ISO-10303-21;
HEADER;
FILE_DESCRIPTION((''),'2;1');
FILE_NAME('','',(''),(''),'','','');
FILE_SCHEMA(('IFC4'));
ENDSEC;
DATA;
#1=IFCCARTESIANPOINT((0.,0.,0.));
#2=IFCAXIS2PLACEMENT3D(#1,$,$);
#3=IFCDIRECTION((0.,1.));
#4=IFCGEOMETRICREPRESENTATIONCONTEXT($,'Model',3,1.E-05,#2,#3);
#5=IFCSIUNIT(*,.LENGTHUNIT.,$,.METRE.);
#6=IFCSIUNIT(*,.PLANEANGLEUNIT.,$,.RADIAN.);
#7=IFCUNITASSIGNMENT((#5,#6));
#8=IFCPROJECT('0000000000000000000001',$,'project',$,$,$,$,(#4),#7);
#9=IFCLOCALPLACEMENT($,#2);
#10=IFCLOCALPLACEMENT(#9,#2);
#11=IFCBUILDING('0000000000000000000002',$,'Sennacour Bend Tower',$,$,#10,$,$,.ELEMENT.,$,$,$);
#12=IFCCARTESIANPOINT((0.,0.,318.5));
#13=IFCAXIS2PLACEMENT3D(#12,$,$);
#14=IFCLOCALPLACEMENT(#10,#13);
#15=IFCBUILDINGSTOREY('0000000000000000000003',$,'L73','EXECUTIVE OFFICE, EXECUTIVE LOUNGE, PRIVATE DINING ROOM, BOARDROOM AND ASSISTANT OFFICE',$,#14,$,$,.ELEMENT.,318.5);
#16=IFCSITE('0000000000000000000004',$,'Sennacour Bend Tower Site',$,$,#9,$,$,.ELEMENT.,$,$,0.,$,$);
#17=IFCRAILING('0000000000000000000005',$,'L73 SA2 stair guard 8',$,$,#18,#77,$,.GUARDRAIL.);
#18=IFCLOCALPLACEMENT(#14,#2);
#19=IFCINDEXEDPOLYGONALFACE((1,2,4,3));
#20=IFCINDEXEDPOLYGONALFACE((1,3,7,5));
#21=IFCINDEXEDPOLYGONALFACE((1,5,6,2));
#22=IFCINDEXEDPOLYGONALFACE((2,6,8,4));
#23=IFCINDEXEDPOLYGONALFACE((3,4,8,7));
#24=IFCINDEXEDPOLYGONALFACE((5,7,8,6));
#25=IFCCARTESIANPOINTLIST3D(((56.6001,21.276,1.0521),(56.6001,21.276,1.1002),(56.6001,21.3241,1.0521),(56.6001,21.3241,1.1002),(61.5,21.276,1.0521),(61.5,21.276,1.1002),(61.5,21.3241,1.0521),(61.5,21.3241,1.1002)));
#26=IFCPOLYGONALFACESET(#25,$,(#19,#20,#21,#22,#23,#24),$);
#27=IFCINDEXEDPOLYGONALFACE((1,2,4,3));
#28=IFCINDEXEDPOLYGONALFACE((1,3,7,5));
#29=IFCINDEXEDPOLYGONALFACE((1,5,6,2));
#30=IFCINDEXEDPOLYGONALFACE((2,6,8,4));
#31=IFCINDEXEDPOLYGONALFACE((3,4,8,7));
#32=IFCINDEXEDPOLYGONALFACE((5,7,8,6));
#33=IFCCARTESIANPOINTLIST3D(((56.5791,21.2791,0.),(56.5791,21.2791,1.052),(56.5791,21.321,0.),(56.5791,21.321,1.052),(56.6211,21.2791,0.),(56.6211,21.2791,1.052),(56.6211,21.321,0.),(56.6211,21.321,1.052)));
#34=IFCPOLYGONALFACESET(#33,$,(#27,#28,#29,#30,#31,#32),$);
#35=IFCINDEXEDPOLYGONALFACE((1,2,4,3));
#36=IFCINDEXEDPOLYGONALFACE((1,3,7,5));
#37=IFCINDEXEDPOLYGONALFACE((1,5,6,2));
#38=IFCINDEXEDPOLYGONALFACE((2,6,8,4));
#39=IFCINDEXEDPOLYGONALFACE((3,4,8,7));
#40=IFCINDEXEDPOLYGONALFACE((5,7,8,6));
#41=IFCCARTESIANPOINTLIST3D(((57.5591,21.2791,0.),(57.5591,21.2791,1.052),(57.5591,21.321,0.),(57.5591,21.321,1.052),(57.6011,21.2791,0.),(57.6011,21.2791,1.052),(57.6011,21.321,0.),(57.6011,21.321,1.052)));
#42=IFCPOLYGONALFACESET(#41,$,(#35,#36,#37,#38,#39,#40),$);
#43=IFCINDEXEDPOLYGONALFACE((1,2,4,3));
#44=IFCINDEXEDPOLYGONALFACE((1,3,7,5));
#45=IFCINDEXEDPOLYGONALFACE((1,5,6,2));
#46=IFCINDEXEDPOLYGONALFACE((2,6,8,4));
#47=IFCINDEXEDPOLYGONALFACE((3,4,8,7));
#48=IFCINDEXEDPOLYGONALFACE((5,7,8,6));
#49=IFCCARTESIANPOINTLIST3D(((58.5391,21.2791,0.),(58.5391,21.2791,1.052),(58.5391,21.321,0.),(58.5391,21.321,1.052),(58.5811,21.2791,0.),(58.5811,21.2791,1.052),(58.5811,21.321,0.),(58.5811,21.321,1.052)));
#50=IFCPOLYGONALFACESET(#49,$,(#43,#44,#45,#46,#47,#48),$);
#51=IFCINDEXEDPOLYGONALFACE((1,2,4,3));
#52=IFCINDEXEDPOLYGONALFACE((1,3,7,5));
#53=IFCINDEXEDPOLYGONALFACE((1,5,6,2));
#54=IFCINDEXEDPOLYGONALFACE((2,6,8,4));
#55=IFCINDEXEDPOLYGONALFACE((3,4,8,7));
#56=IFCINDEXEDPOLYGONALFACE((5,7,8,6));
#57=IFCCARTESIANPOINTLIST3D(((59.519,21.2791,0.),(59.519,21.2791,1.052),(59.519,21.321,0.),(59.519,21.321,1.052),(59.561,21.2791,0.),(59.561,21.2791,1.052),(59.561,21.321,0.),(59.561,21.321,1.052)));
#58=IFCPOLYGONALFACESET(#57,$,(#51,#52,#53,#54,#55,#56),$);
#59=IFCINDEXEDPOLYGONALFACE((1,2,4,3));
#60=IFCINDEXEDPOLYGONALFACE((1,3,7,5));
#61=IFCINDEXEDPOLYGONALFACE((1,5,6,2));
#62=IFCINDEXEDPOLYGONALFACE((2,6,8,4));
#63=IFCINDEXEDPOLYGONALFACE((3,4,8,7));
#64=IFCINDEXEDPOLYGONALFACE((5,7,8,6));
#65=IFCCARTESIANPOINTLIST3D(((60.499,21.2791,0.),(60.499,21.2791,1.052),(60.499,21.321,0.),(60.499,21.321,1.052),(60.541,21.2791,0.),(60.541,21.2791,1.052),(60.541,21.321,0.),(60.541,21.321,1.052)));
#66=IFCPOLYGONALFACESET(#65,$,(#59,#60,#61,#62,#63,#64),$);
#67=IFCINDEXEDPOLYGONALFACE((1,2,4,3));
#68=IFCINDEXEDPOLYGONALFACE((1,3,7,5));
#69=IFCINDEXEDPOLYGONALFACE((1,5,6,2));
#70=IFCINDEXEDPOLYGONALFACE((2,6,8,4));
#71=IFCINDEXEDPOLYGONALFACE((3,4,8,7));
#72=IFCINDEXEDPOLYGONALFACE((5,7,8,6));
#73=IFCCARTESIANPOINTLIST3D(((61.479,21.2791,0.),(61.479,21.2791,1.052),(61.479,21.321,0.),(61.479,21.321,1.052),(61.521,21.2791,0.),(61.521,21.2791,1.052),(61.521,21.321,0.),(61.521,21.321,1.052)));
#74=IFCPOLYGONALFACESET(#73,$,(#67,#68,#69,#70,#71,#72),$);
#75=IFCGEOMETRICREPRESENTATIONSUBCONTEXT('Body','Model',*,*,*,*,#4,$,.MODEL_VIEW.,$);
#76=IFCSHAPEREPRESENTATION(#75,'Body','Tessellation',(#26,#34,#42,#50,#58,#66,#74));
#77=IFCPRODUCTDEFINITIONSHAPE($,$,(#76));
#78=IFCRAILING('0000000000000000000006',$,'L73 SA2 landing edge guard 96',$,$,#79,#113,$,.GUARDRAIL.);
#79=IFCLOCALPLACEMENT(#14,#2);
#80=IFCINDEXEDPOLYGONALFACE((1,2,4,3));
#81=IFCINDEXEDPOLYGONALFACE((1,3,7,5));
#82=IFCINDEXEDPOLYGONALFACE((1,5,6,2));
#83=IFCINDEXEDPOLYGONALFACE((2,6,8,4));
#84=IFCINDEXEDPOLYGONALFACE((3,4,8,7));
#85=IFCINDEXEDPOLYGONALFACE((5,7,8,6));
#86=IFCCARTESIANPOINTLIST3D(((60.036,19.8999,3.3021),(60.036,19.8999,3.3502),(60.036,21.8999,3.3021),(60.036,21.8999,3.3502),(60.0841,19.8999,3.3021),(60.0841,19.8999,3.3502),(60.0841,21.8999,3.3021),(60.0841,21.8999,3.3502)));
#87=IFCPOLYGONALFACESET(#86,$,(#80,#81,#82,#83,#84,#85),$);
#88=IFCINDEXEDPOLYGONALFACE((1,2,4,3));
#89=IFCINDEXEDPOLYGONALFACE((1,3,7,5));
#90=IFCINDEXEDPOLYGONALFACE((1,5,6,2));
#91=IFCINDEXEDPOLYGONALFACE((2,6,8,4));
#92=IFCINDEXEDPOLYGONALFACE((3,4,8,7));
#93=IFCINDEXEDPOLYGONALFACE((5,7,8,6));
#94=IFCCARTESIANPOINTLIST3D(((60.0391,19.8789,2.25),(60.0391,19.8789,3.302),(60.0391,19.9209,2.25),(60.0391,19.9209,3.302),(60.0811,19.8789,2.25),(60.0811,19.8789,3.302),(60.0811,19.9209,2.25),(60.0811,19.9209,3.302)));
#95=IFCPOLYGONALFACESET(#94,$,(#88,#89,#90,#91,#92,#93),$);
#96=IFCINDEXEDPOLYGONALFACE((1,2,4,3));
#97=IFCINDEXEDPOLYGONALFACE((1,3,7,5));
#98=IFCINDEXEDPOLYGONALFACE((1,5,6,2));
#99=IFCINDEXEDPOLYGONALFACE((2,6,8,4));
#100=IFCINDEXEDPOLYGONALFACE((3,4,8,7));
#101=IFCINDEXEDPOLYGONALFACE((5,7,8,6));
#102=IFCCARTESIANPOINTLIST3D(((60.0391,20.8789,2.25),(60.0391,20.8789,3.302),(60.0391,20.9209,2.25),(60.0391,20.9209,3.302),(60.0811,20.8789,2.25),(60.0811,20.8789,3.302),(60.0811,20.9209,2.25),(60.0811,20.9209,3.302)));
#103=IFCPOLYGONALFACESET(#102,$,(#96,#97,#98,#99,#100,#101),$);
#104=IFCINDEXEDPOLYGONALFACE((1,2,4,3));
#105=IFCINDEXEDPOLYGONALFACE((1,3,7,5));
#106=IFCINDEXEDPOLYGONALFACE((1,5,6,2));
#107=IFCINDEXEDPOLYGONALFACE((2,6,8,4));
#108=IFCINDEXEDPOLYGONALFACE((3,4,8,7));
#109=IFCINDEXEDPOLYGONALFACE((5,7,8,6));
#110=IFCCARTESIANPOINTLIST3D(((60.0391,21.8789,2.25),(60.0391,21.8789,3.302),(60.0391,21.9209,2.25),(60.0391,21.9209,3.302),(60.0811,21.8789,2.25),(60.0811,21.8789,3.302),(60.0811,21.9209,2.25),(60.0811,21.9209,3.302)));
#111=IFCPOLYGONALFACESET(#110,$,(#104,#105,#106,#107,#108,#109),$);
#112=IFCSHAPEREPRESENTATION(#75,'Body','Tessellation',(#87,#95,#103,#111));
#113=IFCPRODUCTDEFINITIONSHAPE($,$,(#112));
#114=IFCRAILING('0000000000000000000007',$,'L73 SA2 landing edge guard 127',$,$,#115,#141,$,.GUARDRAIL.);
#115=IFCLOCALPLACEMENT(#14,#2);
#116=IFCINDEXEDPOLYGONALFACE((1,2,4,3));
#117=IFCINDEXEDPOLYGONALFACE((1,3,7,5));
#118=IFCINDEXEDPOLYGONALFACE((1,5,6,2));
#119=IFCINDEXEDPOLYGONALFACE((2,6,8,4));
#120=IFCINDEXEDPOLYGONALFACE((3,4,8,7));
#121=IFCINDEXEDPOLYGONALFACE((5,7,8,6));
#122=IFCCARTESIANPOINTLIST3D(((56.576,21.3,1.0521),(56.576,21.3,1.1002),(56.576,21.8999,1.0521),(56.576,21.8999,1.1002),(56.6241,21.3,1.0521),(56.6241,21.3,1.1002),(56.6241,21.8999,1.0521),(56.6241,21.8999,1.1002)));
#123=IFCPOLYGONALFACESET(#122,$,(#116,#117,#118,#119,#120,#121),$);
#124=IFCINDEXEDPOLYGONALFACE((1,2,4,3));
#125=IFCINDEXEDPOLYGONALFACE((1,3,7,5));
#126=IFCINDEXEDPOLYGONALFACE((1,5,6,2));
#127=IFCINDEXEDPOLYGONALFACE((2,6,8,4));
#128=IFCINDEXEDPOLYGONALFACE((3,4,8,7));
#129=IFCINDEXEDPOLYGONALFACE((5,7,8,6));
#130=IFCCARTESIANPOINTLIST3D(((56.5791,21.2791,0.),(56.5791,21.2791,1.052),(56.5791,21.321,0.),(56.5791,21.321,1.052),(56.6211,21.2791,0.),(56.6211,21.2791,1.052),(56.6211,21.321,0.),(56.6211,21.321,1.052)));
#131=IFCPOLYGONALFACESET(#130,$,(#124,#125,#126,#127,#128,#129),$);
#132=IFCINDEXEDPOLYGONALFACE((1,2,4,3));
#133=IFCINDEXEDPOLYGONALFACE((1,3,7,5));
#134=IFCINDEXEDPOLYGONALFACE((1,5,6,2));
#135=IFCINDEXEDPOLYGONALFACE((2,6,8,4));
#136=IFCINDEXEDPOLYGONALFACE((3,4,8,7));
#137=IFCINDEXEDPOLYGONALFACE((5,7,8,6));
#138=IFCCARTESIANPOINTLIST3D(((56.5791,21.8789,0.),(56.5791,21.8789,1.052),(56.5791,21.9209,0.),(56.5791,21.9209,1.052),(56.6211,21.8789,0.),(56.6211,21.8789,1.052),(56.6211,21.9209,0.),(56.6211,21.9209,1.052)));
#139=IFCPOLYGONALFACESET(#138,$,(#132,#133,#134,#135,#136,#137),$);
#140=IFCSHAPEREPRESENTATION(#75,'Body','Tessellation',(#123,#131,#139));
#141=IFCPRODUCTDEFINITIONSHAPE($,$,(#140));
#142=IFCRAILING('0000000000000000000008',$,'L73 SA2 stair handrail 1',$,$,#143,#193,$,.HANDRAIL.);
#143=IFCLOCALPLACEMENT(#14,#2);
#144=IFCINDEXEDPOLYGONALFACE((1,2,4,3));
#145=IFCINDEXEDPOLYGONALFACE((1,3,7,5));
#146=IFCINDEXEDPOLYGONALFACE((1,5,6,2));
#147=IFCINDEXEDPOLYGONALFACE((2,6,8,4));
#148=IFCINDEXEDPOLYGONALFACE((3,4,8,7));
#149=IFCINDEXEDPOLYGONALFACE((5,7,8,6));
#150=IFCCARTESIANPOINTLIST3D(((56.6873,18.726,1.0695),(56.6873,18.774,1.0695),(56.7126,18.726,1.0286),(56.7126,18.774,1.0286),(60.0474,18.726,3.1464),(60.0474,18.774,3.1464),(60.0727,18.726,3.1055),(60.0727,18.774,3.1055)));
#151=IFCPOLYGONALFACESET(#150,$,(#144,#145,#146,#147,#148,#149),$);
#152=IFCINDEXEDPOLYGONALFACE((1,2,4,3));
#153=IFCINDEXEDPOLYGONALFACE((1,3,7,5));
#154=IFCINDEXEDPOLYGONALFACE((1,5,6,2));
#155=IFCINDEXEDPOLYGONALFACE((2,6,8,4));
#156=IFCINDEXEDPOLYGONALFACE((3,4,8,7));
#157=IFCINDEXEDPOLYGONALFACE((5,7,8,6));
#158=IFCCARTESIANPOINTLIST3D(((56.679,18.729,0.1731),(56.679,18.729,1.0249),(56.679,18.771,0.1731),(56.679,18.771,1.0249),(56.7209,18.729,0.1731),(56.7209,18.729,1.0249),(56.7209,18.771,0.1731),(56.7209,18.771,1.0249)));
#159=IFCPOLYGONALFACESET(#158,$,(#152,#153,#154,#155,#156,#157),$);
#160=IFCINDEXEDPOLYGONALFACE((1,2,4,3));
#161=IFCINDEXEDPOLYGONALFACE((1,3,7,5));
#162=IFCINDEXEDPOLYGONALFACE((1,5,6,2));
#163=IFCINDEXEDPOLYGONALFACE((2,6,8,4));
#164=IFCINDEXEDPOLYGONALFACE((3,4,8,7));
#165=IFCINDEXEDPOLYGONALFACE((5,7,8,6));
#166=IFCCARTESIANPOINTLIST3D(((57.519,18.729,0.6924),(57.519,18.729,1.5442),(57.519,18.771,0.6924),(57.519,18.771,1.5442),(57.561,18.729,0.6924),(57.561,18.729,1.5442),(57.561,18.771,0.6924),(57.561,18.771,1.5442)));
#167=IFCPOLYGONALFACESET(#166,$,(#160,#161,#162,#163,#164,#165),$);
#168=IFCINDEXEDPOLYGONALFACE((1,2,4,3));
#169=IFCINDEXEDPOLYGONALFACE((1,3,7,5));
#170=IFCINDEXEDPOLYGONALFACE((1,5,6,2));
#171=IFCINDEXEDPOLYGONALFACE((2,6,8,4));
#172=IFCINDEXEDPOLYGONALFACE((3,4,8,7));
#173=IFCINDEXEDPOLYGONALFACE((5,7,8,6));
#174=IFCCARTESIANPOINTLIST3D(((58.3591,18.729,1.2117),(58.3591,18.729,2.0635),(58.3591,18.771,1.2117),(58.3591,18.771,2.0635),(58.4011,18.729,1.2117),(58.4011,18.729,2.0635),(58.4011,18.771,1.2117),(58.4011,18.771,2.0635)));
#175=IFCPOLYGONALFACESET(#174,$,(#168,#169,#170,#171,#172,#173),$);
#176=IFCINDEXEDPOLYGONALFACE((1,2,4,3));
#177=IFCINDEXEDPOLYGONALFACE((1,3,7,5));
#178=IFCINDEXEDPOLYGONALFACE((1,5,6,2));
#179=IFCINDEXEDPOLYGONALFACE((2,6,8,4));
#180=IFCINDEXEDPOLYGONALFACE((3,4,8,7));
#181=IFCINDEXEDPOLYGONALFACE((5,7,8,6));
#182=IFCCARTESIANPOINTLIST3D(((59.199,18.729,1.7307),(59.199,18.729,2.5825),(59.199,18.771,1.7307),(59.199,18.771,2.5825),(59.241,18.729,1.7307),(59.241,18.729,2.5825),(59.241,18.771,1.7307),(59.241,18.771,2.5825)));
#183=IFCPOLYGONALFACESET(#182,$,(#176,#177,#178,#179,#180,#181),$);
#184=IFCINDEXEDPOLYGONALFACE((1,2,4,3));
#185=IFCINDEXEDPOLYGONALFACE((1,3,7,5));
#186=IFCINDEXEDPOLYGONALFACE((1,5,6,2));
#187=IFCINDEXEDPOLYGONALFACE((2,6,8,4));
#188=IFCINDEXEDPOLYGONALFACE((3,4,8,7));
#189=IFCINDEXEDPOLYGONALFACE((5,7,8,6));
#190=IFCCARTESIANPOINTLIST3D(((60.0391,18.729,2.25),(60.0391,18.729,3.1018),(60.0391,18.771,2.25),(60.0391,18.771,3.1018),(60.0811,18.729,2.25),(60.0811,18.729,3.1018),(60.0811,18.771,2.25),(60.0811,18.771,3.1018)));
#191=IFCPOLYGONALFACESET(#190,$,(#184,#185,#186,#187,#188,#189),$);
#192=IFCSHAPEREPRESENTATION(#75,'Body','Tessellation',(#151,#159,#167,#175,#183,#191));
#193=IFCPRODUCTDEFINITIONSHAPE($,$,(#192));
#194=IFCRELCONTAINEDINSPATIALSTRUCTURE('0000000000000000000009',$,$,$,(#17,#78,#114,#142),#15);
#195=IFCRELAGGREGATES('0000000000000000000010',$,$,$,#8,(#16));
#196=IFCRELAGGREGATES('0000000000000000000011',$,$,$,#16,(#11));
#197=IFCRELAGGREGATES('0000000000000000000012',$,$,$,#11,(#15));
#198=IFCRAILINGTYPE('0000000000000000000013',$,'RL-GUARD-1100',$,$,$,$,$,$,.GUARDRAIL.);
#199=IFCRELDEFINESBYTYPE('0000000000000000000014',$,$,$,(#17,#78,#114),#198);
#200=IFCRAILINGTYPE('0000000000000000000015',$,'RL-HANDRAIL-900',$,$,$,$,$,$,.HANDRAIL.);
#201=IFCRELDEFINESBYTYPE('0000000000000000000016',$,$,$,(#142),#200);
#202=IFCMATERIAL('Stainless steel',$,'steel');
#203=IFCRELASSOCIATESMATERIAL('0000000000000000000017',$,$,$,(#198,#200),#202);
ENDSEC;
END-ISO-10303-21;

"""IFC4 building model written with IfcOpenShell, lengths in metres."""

from ifc_helpers import new_model, si_unit, direction, frame, origin, origin_2d, place, context, subcontext, project, spatial, rectangle, extrude, material, type_object, element, save


model = new_model("IFC4")

# Units and contexts
model_context = context("Model", 3, precision=1e-05, world=origin(), true_north=direction((0.0, 1.0)))
body_context = subcontext(model_context, "Body", "Model", "MODEL_VIEW")
ifc_project = project(units=[si_unit("LENGTHUNIT", "METRE"), si_unit("PLANEANGLEUNIT", "RADIAN")], contexts=[model_context])

# Site, building, storey
site_placement = place(None, origin())
site = spatial("IfcSite", under=ifc_project, at=site_placement, Name="Sennacour Bend Tower Site", CompositionType="ELEMENT", RefElevation=0.0)
building_placement = place(site_placement, origin())
building = spatial("IfcBuilding", under=site, at=building_placement, Name="Sennacour Bend Tower", CompositionType="ELEMENT")
storey_placement = place(building_placement, frame((0.0, 0.0, 318.5)))
storey = spatial("IfcBuildingStorey", under=building, at=storey_placement, Name="L73", Description="EXECUTIVE OFFICE, EXECUTIVE LOUNGE, PRIVATE DINING ROOM, BOARDROOM AND ASSISTANT OFFICE", CompositionType="ELEMENT", Elevation=318.5)

# Shared definitions
ifc_material_1 = material(Name="Stainless steel", Category="steel")

# Railings
railing_type_1 = type_object("IfcRailingType", Name="RL-GUARD-1100", PredefinedType="GUARDRAIL", material=ifc_material_1)
railing_1_placement = place(storey_placement, frame((56.6001, 21.3, 0.0)))
element("IfcRailing", 1, at=railing_1_placement, inside=storey, type_object=railing_type_1, Name="L73 SA2 stair guard 8", PredefinedType="GUARDRAIL", context=body_context, shape_type="SweptSolid", body=[
    extrude(rectangle(XDim=0.0481, YDim=0.0481, at=origin_2d()), frame((0.0, 0.0, 1.0762), z_axis=(1.0, 0.0, 0.0), x_axis=(0.0, 1.0, 0.0)), (0.0, 0.0, 1.0), 4.8999),
    extrude(rectangle(XDim=0.042, YDim=0.042, at=origin_2d()), origin(), (0.0, 0.0, 1.0), 1.052),
    extrude(rectangle(XDim=0.042, YDim=0.042, at=origin_2d()), frame((0.98, 0.0, 0.0)), (0.0, 0.0, 1.0), 1.052),
    extrude(rectangle(XDim=0.042, YDim=0.042, at=origin_2d()), frame((1.96, 0.0, 0.0)), (0.0, 0.0, 1.0), 1.052),
    extrude(rectangle(XDim=0.042, YDim=0.042, at=origin_2d()), frame((2.9399, 0.0, 0.0)), (0.0, 0.0, 1.0), 1.052),
    extrude(rectangle(XDim=0.042, YDim=0.042, at=origin_2d()), frame((3.9199, 0.0, 0.0)), (0.0, 0.0, 1.0), 1.052),
    extrude(rectangle(XDim=0.042, YDim=0.042, at=origin_2d()), frame((4.8999, 0.0, 0.0)), (0.0, 0.0, 1.0), 1.052),
])
railing_2_placement = place(storey_placement, frame((60.0601, 19.8999, 2.25)))
element("IfcRailing", 2, at=railing_2_placement, inside=storey, type_object=railing_type_1, Name="L73 SA2 landing edge guard 96", PredefinedType="GUARDRAIL", context=body_context, shape_type="SweptSolid", body=[
    extrude(rectangle(XDim=0.0481, YDim=0.0481, at=origin_2d()), frame((0.0, 0.0, 1.0762), z_axis=(0.0, 1.0, 0.0), x_axis=(-1.0, 0.0, 0.0)), (0.0, 0.0, 1.0), 2.0),
    extrude(rectangle(XDim=0.042, YDim=0.042, at=origin_2d()), origin(), (0.0, 0.0, 1.0), 1.052),
    extrude(rectangle(XDim=0.042, YDim=0.042, at=origin_2d()), frame((0.0, 1.0, 0.0)), (0.0, 0.0, 1.0), 1.052),
    extrude(rectangle(XDim=0.042, YDim=0.042, at=origin_2d()), frame((0.0, 2.0, 0.0)), (0.0, 0.0, 1.0), 1.052),
])
railing_3_placement = place(storey_placement, frame((56.6001, 21.3, 0.0)))
element("IfcRailing", 3, at=railing_3_placement, inside=storey, type_object=railing_type_1, Name="L73 SA2 landing edge guard 127", PredefinedType="GUARDRAIL", context=body_context, shape_type="SweptSolid", body=[
    extrude(rectangle(XDim=0.0481, YDim=0.0481, at=origin_2d()), frame((0.0, 0.0, 1.0762), z_axis=(0.0, 1.0, 0.0), x_axis=(-1.0, 0.0, 0.0)), (0.0, 0.0, 1.0), 0.5999),
    extrude(rectangle(XDim=0.042, YDim=0.042, at=origin_2d()), origin(), (0.0, 0.0, 1.0), 1.052),
    extrude(rectangle(XDim=0.042, YDim=0.042, at=origin_2d()), frame((0.0, 0.5999, 0.0)), (0.0, 0.0, 1.0), 1.052),
])
railing_type_2 = type_object("IfcRailingType", Name="RL-HANDRAIL-900", PredefinedType="HANDRAIL", material=ifc_material_1)
railing_4_placement = place(storey_placement, frame((56.7, 18.75, 0.1731)))
element("IfcRailing", 4, at=railing_4_placement, inside=storey, type_object=railing_type_2, Name="L73 SA2 stair handrail 1", PredefinedType="HANDRAIL", context=body_context, shape_type="SweptSolid", body=[
    extrude(rectangle(XDim=0.0481, YDim=0.0481, at=origin_2d()), frame((0.0, 0.0, 0.876), z_axis=(0.850623, 0.0, 0.525776), x_axis=(0.0, 1.0, 0.0)), (0.0, 0.0, 1.0), 3.9502),
    extrude(rectangle(XDim=0.042, YDim=0.042, at=origin_2d()), origin(), (0.0, 0.0, 1.0), 0.8518),
    extrude(rectangle(XDim=0.042, YDim=0.042, at=origin_2d()), frame((0.8401, 0.0, 0.5193)), (0.0, 0.0, 1.0), 0.8518),
    extrude(rectangle(XDim=0.042, YDim=0.042, at=origin_2d()), frame((1.6802, 0.0, 1.0386)), (0.0, 0.0, 1.0), 0.8518),
    extrude(rectangle(XDim=0.042, YDim=0.042, at=origin_2d()), frame((2.52, 0.0, 1.5576)), (0.0, 0.0, 1.0), 0.8518),
    extrude(rectangle(XDim=0.042, YDim=0.042, at=origin_2d()), frame((3.3601, 0.0, 2.0769)), (0.0, 0.0, 1.0), 0.8518),
])

save(model, "model.ifc")
